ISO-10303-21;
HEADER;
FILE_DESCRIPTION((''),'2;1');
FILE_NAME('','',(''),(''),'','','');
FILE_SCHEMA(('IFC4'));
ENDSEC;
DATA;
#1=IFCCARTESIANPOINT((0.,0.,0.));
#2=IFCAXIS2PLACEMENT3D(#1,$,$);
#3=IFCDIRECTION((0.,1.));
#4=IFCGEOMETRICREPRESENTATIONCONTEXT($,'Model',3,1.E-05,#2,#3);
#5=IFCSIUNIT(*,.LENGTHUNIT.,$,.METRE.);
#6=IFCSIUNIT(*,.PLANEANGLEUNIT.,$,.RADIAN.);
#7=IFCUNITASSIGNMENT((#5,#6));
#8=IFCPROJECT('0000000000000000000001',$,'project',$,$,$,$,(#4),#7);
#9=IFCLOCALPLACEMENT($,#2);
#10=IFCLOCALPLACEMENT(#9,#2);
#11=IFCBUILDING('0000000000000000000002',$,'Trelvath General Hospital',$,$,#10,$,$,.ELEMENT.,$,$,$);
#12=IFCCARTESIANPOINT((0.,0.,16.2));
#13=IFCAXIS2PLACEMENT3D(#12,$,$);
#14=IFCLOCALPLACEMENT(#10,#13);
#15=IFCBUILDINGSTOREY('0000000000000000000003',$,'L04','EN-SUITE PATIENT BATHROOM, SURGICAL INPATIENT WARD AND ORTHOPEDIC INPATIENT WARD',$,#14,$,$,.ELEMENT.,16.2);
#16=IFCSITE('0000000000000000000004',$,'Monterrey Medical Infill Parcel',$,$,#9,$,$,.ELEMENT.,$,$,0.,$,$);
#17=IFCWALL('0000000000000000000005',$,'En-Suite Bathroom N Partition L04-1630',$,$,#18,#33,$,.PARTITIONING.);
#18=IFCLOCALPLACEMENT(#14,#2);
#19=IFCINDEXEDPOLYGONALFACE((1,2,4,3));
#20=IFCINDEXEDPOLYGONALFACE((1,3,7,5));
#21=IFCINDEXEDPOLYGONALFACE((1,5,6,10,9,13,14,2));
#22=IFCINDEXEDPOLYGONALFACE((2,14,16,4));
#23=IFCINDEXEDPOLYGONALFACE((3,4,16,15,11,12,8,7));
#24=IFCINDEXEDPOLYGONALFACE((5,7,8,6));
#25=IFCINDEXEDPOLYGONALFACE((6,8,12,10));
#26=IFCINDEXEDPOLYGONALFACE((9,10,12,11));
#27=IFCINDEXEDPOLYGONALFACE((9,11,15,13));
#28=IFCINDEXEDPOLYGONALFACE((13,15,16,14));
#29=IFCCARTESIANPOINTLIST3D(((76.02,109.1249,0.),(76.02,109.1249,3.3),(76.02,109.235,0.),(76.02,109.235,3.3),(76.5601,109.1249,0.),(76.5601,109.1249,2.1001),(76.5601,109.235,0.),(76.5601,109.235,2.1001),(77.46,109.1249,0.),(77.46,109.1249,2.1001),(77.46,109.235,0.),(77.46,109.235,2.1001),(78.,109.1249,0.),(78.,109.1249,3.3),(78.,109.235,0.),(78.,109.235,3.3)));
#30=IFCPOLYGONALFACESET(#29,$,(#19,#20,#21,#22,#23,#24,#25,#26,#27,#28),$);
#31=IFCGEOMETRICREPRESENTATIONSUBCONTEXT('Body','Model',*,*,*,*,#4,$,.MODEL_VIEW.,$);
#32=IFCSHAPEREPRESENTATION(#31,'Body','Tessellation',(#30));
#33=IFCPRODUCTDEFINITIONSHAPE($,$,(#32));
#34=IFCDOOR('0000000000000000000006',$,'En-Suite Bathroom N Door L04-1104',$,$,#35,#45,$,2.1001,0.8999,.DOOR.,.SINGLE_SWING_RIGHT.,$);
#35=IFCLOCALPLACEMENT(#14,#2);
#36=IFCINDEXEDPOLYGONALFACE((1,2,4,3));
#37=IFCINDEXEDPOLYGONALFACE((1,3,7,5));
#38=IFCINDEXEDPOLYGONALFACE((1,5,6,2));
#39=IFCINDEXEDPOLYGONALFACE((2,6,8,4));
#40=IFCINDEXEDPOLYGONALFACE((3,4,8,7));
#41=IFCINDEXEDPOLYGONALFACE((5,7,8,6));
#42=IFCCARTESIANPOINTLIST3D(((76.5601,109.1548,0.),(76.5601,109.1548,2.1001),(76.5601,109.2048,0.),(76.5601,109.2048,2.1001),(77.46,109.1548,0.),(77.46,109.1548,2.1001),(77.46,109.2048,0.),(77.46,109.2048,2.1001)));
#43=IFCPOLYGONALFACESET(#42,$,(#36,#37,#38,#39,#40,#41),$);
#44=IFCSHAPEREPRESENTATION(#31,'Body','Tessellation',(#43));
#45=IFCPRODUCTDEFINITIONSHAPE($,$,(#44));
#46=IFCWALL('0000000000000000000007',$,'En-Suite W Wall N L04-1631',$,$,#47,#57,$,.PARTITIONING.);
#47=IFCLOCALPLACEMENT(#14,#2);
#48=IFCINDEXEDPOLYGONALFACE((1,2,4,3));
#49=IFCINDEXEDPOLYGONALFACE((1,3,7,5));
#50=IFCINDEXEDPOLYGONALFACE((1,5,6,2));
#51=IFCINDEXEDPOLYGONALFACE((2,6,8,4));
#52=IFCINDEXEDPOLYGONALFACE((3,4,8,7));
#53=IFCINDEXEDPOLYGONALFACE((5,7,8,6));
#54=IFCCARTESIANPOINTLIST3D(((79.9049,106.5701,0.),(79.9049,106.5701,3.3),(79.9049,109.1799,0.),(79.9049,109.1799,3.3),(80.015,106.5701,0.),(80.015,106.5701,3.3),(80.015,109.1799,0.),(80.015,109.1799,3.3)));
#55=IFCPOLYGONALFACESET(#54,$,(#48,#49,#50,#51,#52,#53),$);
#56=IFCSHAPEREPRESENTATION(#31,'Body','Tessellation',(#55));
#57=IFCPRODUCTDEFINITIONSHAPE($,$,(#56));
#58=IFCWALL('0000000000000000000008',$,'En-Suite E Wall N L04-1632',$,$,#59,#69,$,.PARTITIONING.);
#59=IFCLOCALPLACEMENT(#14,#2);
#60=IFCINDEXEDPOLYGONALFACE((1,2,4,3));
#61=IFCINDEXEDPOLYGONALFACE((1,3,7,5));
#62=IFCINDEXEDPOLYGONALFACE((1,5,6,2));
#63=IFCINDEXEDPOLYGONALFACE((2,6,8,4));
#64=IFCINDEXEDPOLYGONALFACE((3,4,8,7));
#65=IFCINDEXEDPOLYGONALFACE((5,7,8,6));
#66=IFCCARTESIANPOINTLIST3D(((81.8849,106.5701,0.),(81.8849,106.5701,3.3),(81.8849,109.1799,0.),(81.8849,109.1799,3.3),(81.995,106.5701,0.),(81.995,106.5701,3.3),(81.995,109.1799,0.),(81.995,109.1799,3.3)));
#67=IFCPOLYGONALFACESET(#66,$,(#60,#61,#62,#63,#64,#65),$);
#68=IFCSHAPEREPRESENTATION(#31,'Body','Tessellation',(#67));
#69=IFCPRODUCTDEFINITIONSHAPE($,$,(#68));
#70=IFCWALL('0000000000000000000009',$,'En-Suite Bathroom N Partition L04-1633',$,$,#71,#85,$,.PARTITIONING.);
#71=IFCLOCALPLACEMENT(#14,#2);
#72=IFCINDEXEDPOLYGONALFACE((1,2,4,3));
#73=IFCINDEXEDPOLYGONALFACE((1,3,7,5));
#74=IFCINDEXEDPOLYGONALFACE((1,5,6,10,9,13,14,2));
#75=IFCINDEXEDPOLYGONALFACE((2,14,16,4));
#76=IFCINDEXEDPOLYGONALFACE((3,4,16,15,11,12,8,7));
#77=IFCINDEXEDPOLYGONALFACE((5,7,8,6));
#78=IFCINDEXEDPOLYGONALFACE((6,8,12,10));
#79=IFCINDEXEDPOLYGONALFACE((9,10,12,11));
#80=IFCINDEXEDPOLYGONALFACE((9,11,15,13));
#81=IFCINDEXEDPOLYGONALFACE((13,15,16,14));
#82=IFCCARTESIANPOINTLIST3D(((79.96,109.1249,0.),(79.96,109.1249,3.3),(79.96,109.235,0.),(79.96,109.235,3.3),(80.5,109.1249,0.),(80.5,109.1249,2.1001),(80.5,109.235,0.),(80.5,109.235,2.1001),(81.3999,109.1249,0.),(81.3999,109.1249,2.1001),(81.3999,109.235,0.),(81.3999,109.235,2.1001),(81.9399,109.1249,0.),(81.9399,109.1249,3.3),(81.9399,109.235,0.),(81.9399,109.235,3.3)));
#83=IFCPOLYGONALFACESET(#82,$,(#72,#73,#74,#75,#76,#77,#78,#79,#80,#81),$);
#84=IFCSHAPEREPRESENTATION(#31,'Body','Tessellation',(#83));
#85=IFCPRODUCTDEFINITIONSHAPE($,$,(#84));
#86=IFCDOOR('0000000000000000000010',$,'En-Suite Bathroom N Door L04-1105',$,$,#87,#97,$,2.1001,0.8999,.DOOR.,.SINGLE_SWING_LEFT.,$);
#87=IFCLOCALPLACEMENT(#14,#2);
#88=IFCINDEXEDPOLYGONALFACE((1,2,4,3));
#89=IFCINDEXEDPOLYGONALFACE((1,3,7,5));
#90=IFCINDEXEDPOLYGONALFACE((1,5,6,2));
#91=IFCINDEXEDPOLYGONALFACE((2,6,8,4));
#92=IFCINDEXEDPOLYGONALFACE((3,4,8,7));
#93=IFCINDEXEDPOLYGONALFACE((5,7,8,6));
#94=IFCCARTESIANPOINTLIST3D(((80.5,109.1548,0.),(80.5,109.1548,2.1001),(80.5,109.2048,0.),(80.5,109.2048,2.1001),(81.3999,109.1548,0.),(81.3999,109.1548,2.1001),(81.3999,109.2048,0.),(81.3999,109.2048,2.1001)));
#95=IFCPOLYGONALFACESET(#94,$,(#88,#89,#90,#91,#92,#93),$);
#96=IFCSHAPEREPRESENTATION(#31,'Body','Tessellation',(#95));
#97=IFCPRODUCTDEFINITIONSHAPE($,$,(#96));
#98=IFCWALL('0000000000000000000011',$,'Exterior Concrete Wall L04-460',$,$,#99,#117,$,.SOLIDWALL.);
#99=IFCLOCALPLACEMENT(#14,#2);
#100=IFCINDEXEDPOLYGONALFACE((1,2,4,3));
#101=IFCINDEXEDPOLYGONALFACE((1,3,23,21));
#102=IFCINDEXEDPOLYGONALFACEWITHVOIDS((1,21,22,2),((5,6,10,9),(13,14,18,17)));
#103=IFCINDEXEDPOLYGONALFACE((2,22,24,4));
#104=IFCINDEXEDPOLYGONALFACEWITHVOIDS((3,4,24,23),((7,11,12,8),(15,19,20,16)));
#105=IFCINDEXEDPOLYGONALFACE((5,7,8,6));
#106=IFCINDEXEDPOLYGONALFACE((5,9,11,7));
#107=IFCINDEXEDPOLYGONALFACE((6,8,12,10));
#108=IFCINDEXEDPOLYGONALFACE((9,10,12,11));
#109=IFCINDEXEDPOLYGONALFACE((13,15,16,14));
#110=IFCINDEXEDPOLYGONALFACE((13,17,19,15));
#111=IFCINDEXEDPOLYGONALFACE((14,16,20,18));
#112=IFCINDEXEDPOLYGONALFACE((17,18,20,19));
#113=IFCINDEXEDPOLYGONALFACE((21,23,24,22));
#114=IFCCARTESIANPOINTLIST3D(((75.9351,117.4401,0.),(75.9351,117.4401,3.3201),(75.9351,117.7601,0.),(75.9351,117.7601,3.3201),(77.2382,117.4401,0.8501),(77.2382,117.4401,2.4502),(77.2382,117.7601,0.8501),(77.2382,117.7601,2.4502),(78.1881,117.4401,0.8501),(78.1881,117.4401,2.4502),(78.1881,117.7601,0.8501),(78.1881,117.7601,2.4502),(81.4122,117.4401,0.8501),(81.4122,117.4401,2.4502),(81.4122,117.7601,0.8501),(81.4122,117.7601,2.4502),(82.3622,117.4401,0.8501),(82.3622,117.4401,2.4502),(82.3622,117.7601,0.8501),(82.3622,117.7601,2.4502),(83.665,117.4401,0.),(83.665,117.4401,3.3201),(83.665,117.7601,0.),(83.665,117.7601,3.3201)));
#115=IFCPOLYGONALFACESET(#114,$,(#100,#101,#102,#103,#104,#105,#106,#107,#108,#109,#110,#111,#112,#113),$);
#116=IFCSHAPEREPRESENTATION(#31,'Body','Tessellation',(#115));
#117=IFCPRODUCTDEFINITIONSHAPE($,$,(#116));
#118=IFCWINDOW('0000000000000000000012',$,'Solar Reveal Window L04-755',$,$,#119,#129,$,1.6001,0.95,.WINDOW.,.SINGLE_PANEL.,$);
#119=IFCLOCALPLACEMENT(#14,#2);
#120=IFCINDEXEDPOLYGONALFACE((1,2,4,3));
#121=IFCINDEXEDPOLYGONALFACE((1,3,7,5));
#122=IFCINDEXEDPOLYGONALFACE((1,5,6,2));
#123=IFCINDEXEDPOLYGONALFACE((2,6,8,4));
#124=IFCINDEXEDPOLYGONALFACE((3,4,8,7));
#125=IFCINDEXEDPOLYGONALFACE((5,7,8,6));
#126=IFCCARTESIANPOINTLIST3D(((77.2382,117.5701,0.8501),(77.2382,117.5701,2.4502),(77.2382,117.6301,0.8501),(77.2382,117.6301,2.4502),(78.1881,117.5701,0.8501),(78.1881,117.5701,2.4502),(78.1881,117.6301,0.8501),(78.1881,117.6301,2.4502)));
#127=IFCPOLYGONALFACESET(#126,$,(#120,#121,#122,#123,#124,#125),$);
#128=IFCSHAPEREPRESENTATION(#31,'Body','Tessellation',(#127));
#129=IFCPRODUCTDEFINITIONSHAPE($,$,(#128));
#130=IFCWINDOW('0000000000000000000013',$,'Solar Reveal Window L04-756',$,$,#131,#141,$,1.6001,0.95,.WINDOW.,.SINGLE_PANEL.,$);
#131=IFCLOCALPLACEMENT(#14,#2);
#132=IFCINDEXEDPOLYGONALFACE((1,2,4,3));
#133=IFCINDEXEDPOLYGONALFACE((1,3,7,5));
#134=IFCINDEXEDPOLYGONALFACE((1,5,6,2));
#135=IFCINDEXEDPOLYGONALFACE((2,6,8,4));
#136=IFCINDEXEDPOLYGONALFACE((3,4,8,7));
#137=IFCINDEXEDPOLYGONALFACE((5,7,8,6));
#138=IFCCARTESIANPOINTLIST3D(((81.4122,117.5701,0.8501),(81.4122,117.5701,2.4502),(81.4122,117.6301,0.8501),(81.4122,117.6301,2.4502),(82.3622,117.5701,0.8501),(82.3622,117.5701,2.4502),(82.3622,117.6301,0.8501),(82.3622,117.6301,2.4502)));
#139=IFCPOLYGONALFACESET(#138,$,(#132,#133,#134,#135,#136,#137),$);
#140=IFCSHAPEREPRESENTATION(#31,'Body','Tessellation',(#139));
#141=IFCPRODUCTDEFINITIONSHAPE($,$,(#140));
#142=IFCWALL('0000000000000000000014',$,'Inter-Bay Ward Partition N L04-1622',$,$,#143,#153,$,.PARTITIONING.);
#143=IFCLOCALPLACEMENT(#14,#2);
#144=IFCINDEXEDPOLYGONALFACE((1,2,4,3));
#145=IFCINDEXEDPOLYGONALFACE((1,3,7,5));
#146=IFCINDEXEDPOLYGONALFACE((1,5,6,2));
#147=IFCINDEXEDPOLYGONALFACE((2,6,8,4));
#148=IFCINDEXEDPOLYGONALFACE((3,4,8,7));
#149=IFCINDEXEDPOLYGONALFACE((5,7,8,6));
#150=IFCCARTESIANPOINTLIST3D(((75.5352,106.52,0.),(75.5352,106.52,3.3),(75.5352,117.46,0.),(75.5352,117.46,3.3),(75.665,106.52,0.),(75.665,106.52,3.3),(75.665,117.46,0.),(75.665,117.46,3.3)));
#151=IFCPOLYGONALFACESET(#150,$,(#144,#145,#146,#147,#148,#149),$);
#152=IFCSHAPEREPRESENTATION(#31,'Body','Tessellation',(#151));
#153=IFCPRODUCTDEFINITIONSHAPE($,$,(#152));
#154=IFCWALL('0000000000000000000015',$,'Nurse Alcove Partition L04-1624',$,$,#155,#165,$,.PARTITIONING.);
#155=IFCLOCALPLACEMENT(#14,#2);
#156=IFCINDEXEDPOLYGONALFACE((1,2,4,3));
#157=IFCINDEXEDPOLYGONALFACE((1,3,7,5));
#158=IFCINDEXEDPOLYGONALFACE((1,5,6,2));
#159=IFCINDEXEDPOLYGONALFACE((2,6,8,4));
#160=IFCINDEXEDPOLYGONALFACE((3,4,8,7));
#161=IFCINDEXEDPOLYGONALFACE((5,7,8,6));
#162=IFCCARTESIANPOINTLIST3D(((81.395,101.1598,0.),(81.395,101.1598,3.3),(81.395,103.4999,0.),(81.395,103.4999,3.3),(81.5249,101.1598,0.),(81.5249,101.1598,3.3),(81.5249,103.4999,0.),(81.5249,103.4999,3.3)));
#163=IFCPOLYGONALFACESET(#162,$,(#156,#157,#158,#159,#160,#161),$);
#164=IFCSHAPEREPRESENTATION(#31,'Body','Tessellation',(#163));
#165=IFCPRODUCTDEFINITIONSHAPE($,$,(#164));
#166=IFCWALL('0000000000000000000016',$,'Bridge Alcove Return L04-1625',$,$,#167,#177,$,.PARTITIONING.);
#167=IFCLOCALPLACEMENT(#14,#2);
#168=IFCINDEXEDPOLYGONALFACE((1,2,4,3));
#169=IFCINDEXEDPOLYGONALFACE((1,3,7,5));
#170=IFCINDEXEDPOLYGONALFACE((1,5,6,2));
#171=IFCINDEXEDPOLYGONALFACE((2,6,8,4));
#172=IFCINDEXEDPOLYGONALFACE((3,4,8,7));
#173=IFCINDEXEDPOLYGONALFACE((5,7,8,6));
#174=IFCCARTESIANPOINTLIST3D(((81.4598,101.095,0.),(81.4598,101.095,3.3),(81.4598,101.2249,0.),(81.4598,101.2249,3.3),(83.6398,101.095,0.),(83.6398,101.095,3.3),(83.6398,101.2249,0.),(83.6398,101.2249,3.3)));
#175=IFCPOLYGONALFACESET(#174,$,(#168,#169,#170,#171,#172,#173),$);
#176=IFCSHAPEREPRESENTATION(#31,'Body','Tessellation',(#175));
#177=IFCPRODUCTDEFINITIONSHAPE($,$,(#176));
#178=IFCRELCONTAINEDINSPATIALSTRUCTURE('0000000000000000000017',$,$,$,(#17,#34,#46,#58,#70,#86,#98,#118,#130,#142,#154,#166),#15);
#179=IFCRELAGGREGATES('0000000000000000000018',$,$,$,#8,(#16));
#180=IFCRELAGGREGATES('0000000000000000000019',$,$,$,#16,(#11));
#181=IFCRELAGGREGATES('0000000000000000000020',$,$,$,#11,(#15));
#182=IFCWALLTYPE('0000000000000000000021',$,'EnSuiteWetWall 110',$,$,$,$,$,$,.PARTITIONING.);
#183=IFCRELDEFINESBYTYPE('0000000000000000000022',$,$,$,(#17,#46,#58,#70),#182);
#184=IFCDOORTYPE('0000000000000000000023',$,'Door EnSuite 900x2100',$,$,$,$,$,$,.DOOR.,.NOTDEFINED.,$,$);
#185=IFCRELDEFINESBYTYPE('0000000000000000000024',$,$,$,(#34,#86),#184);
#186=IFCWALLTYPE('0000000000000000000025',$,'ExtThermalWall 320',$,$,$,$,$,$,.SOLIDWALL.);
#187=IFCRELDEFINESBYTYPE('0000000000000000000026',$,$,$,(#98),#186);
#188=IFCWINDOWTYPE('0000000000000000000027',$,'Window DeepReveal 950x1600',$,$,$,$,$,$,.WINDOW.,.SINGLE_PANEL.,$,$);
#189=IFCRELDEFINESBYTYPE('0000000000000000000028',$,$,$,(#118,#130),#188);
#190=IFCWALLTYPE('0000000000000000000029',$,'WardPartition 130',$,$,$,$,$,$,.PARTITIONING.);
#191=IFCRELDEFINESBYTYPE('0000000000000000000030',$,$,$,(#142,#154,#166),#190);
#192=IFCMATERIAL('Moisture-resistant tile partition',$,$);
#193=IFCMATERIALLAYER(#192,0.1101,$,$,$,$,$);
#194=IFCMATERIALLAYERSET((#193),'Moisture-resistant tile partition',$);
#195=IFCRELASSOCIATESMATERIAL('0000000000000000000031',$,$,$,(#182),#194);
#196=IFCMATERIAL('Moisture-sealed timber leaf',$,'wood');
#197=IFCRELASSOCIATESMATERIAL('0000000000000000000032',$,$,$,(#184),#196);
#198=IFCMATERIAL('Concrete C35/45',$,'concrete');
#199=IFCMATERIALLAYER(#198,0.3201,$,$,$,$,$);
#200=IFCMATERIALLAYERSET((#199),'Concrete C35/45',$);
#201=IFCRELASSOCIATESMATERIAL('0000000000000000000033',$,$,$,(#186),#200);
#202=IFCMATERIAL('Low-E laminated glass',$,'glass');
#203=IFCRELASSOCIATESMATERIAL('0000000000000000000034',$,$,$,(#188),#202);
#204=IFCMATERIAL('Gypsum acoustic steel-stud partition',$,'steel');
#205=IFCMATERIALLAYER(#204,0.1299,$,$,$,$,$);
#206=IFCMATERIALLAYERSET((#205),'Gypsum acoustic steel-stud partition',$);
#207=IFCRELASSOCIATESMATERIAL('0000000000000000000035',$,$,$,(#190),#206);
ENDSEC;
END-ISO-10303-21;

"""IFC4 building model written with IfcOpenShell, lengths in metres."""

from ifc_helpers import new_model, si_unit, direction, frame, frame_2d, origin, place, context, subcontext, project, spatial, rectangle, extrude, material, layer, layer_set, type_object, element, fill, save


model = new_model("IFC4")

# Units and contexts
model_context = context("Model", 3, precision=1e-05, world=origin(), true_north=direction((0.0, 1.0)))
body_context = subcontext(model_context, "Body", "Model", "MODEL_VIEW")
ifc_project = project(units=[si_unit("LENGTHUNIT", "METRE"), si_unit("PLANEANGLEUNIT", "RADIAN")], contexts=[model_context])

# Site, building, storey
site_placement = place(None, origin())
site = spatial("IfcSite", under=ifc_project, at=site_placement, Name="Monterrey Medical Infill Parcel", CompositionType="ELEMENT", RefElevation=0.0)
building_placement = place(site_placement, origin())
building = spatial("IfcBuilding", under=site, at=building_placement, Name="Trelvath General Hospital", CompositionType="ELEMENT")
storey_placement = place(building_placement, frame((0.0, 0.0, 16.2)))
storey = spatial("IfcBuildingStorey", under=building, at=storey_placement, Name="L04", Description="EN-SUITE PATIENT BATHROOM, SURGICAL INPATIENT WARD AND ORTHOPEDIC INPATIENT WARD", CompositionType="ELEMENT", Elevation=16.2)

# Shared definitions
ifc_material_1 = material(Name="Moisture-resistant tile partition")
ifc_layer_1 = layer(ifc_material_1, 0.1101)
ifc_layer_set_1 = layer_set([ifc_layer_1], Name="Moisture-resistant tile partition")
wall_type_1 = type_object("IfcWallType", Name="EnSuiteWetWall 110", PredefinedType="PARTITIONING", material=ifc_layer_set_1)

# Wall, opening, door
wall_1_placement = place(storey_placement, frame((76.02, 109.1799, 0.0), z_axis=(0.0, 0.0, 1.0), x_axis=(1.0, 0.0, 0.0)))
wall_1 = element("IfcWall", 1, at=wall_1_placement, inside=storey, type_object=wall_type_1, Name="En-Suite Bathroom N Partition L04-1630", PredefinedType="PARTITIONING", context=body_context, shape_type="SweptSolid", body=[
    extrude(rectangle(XDim=1.98, YDim=0.1101, at=frame_2d((0.99, 0.0))), origin(), (0.0, 0.0, 1.0), 3.3),
])
opening_1_placement = place(wall_1_placement, frame((0.54, 0.0, 0.0)))
opening_1 = element("IfcOpeningElement", 2, at=opening_1_placement, cuts=wall_1, PredefinedType="OPENING", context=body_context, shape_type="SweptSolid", body=[
    extrude(rectangle(XDim=0.8999, YDim=2.1001, at=frame_2d((0.45, 1.05))), frame((0.0, 0.0649, 0.0), z_axis=(0.0, -1.0, 0.0), x_axis=(1.0, 0.0, 0.0)), (0.0, 0.0, 1.0), 0.1301),
])
ifc_material_2 = material(Name="Moisture-sealed timber leaf", Category="wood")
door_type_1 = type_object("IfcDoorType", Name="Door EnSuite 900x2100", OperationType="NOTDEFINED", PredefinedType="DOOR", material=ifc_material_2)
door_1_placement = place(opening_1_placement, origin())
door_1 = element("IfcDoor", 3, at=door_1_placement, inside=storey, type_object=door_type_1, Name="En-Suite Bathroom N Door L04-1104", OperationType="SINGLE_SWING_RIGHT", OverallHeight=2.1001, OverallWidth=0.8999, PredefinedType="DOOR", context=body_context, shape_type="SweptSolid", body=[
    extrude(rectangle(XDim=0.8999, YDim=2.1001, at=frame_2d((0.45, 1.05))), frame((0.0, 0.0249, 0.0), z_axis=(0.0, -1.0, 0.0), x_axis=(1.0, 0.0, 0.0)), (0.0, 0.0, 1.0), 0.05),
])
fill(opening_1, door_1)

# Walls
for number, where, z_axis, x_axis, name in (
    (4, (79.96, 106.5701, 0.0), (0.0, 0.0, 1.0), (0.0, 1.0, 0.0), "En-Suite W Wall N L04-1631"),
    (5, (81.9399, 106.5701, 0.0), (0.0, 0.0, 1.0), (0.0, 1.0, 0.0), "En-Suite E Wall N L04-1632"),
):
    element("IfcWall", number, at=place(storey_placement, frame(where, z_axis=z_axis, x_axis=x_axis)), inside=storey, type_object=wall_type_1, Name=name, PredefinedType="PARTITIONING", context=body_context, shape_type="SweptSolid", body=[
        extrude(rectangle(XDim=2.6099, YDim=0.1101, at=frame_2d((1.3049, 0.0))), origin(), (0.0, 0.0, 1.0), 3.3),
    ])

# Wall, opening, door
wall_2_placement = place(storey_placement, frame((79.96, 109.1799, 0.0), z_axis=(0.0, 0.0, 1.0), x_axis=(1.0, 0.0, 0.0)))
wall_2 = element("IfcWall", 6, at=wall_2_placement, inside=storey, type_object=wall_type_1, Name="En-Suite Bathroom N Partition L04-1633", PredefinedType="PARTITIONING", context=body_context, shape_type="SweptSolid", body=[
    extrude(rectangle(XDim=1.98, YDim=0.1101, at=frame_2d((0.99, 0.0))), origin(), (0.0, 0.0, 1.0), 3.3),
])
opening_2_placement = place(wall_2_placement, frame((0.54, 0.0, 0.0)))
opening_2 = element("IfcOpeningElement", 7, at=opening_2_placement, cuts=wall_2, PredefinedType="OPENING", context=body_context, shape_type="SweptSolid", body=[
    extrude(rectangle(XDim=0.8999, YDim=2.1001, at=frame_2d((0.45, 1.05))), frame((0.0, 0.0649, 0.0), z_axis=(0.0, -1.0, 0.0), x_axis=(1.0, 0.0, 0.0)), (0.0, 0.0, 1.0), 0.1301),
])
door_2_placement = place(opening_2_placement, origin())
door_2 = element("IfcDoor", 8, at=door_2_placement, inside=storey, type_object=door_type_1, Name="En-Suite Bathroom N Door L04-1105", OperationType="SINGLE_SWING_LEFT", OverallHeight=2.1001, OverallWidth=0.8999, PredefinedType="DOOR", context=body_context, shape_type="SweptSolid", body=[
    extrude(rectangle(XDim=0.8999, YDim=2.1001, at=frame_2d((0.45, 1.05))), frame((0.0, 0.0249, 0.0), z_axis=(0.0, -1.0, 0.0), x_axis=(1.0, 0.0, 0.0)), (0.0, 0.0, 1.0), 0.05),
])
fill(opening_2, door_2)

# Wall, openings, windows
ifc_material_3 = material(Name="Concrete C35/45", Category="concrete")
ifc_layer_2 = layer(ifc_material_3, 0.3201)
ifc_layer_set_2 = layer_set([ifc_layer_2], Name="Concrete C35/45")
wall_type_2 = type_object("IfcWallType", Name="ExtThermalWall 320", PredefinedType="SOLIDWALL", material=ifc_layer_set_2)
wall_3_placement = place(storey_placement, frame((75.9351, 117.6001, 0.0), z_axis=(0.0, 0.0, 1.0), x_axis=(1.0, 0.0, 0.0)))
wall_3 = element("IfcWall", 9, at=wall_3_placement, inside=storey, type_object=wall_type_2, Name="Exterior Concrete Wall L04-460", PredefinedType="SOLIDWALL", context=body_context, shape_type="SweptSolid", body=[
    extrude(rectangle(XDim=7.73, YDim=0.3201, at=frame_2d((3.865, 0.0))), origin(), (0.0, 0.0, 1.0), 3.3201),
])
opening_3_placement = place(wall_3_placement, frame((1.303, 0.0, 0.8501)))
opening_3 = element("IfcOpeningElement", 10, at=opening_3_placement, cuts=wall_3, PredefinedType="OPENING", context=body_context, shape_type="SweptSolid", body=[
    extrude(rectangle(XDim=0.95, YDim=1.6001, at=frame_2d((0.4751, 0.8))), frame((0.0, 0.1699, 0.0), z_axis=(0.0, -1.0, 0.0), x_axis=(1.0, 0.0, 0.0)), (0.0, 0.0, 1.0), 0.3401),
])
opening_4_placement = place(wall_3_placement, frame((5.4771, 0.0, 0.8501)))
opening_4 = element("IfcOpeningElement", 11, at=opening_4_placement, cuts=wall_3, PredefinedType="OPENING", context=body_context, shape_type="SweptSolid", body=[
    extrude(rectangle(XDim=0.95, YDim=1.6001, at=frame_2d((0.4751, 0.8))), frame((0.0, 0.1699, 0.0), z_axis=(0.0, -1.0, 0.0), x_axis=(1.0, 0.0, 0.0)), (0.0, 0.0, 1.0), 0.3401),
])
ifc_material_4 = material(Name="Low-E laminated glass", Category="glass")
window_type = type_object("IfcWindowType", Name="Window DeepReveal 950x1600", PartitioningType="SINGLE_PANEL", PredefinedType="WINDOW", material=ifc_material_4)
window_1_placement = place(opening_3_placement, origin())
window_1 = element("IfcWindow", 12, at=window_1_placement, inside=storey, type_object=window_type, Name="Solar Reveal Window L04-755", OverallHeight=1.6001, OverallWidth=0.95, PartitioningType="SINGLE_PANEL", PredefinedType="WINDOW", context=body_context, shape_type="SweptSolid", body=[
    extrude(rectangle(XDim=0.95, YDim=1.6001, at=frame_2d((0.4751, 0.8))), frame((0.0, 0.03, 0.0), z_axis=(0.0, -1.0, 0.0), x_axis=(1.0, 0.0, 0.0)), (0.0, 0.0, 1.0), 0.0601),
])
fill(opening_3, window_1)
window_2_placement = place(opening_4_placement, origin())
window_2 = element("IfcWindow", 13, at=window_2_placement, inside=storey, type_object=window_type, Name="Solar Reveal Window L04-756", OverallHeight=1.6001, OverallWidth=0.95, PartitioningType="SINGLE_PANEL", PredefinedType="WINDOW", context=body_context, shape_type="SweptSolid", body=[
    extrude(rectangle(XDim=0.95, YDim=1.6001, at=frame_2d((0.4751, 0.8))), frame((0.0, 0.03, 0.0), z_axis=(0.0, -1.0, 0.0), x_axis=(1.0, 0.0, 0.0)), (0.0, 0.0, 1.0), 0.0601),
])
fill(opening_4, window_2)

# Walls
ifc_material_5 = material(Name="Gypsum acoustic steel-stud partition", Category="steel")
ifc_layer_3 = layer(ifc_material_5, 0.1299)
ifc_layer_set_3 = layer_set([ifc_layer_3], Name="Gypsum acoustic steel-stud partition")
wall_type_3 = type_object("IfcWallType", Name="WardPartition 130", PredefinedType="PARTITIONING", material=ifc_layer_set_3)
wall_4_placement = place(storey_placement, frame((75.6001, 106.52, 0.0), z_axis=(0.0, 0.0, 1.0), x_axis=(0.0, 1.0, 0.0)))
element("IfcWall", 14, at=wall_4_placement, inside=storey, type_object=wall_type_3, Name="Inter-Bay Ward Partition N L04-1622", PredefinedType="PARTITIONING", context=body_context, shape_type="SweptSolid", body=[
    extrude(rectangle(XDim=10.9399, YDim=0.1299, at=frame_2d((5.47, 0.0))), origin(), (0.0, 0.0, 1.0), 3.3),
])
wall_5_placement = place(storey_placement, frame((81.46, 101.1599, 0.0), z_axis=(0.0, 0.0, 1.0), x_axis=(0.0, 1.0, 0.0)))
element("IfcWall", 15, at=wall_5_placement, inside=storey, type_object=wall_type_3, Name="Nurse Alcove Partition L04-1624", PredefinedType="PARTITIONING", context=body_context, shape_type="SweptSolid", body=[
    extrude(rectangle(XDim=2.3401, YDim=0.1299, at=frame_2d((1.1699, 0.0))), origin(), (0.0, 0.0, 1.0), 3.3),
])
wall_6_placement = place(storey_placement, frame((81.46, 101.1599, 0.0), z_axis=(0.0, 0.0, 1.0), x_axis=(1.0, 0.0, 0.0)))
element("IfcWall", 16, at=wall_6_placement, inside=storey, type_object=wall_type_3, Name="Bridge Alcove Return L04-1625", PredefinedType="PARTITIONING", context=body_context, shape_type="SweptSolid", body=[
    extrude(rectangle(XDim=2.1799, YDim=0.1299, at=frame_2d((1.0898, 0.0))), origin(), (0.0, 0.0, 1.0), 3.3),
])

save(model, "model.ifc")
